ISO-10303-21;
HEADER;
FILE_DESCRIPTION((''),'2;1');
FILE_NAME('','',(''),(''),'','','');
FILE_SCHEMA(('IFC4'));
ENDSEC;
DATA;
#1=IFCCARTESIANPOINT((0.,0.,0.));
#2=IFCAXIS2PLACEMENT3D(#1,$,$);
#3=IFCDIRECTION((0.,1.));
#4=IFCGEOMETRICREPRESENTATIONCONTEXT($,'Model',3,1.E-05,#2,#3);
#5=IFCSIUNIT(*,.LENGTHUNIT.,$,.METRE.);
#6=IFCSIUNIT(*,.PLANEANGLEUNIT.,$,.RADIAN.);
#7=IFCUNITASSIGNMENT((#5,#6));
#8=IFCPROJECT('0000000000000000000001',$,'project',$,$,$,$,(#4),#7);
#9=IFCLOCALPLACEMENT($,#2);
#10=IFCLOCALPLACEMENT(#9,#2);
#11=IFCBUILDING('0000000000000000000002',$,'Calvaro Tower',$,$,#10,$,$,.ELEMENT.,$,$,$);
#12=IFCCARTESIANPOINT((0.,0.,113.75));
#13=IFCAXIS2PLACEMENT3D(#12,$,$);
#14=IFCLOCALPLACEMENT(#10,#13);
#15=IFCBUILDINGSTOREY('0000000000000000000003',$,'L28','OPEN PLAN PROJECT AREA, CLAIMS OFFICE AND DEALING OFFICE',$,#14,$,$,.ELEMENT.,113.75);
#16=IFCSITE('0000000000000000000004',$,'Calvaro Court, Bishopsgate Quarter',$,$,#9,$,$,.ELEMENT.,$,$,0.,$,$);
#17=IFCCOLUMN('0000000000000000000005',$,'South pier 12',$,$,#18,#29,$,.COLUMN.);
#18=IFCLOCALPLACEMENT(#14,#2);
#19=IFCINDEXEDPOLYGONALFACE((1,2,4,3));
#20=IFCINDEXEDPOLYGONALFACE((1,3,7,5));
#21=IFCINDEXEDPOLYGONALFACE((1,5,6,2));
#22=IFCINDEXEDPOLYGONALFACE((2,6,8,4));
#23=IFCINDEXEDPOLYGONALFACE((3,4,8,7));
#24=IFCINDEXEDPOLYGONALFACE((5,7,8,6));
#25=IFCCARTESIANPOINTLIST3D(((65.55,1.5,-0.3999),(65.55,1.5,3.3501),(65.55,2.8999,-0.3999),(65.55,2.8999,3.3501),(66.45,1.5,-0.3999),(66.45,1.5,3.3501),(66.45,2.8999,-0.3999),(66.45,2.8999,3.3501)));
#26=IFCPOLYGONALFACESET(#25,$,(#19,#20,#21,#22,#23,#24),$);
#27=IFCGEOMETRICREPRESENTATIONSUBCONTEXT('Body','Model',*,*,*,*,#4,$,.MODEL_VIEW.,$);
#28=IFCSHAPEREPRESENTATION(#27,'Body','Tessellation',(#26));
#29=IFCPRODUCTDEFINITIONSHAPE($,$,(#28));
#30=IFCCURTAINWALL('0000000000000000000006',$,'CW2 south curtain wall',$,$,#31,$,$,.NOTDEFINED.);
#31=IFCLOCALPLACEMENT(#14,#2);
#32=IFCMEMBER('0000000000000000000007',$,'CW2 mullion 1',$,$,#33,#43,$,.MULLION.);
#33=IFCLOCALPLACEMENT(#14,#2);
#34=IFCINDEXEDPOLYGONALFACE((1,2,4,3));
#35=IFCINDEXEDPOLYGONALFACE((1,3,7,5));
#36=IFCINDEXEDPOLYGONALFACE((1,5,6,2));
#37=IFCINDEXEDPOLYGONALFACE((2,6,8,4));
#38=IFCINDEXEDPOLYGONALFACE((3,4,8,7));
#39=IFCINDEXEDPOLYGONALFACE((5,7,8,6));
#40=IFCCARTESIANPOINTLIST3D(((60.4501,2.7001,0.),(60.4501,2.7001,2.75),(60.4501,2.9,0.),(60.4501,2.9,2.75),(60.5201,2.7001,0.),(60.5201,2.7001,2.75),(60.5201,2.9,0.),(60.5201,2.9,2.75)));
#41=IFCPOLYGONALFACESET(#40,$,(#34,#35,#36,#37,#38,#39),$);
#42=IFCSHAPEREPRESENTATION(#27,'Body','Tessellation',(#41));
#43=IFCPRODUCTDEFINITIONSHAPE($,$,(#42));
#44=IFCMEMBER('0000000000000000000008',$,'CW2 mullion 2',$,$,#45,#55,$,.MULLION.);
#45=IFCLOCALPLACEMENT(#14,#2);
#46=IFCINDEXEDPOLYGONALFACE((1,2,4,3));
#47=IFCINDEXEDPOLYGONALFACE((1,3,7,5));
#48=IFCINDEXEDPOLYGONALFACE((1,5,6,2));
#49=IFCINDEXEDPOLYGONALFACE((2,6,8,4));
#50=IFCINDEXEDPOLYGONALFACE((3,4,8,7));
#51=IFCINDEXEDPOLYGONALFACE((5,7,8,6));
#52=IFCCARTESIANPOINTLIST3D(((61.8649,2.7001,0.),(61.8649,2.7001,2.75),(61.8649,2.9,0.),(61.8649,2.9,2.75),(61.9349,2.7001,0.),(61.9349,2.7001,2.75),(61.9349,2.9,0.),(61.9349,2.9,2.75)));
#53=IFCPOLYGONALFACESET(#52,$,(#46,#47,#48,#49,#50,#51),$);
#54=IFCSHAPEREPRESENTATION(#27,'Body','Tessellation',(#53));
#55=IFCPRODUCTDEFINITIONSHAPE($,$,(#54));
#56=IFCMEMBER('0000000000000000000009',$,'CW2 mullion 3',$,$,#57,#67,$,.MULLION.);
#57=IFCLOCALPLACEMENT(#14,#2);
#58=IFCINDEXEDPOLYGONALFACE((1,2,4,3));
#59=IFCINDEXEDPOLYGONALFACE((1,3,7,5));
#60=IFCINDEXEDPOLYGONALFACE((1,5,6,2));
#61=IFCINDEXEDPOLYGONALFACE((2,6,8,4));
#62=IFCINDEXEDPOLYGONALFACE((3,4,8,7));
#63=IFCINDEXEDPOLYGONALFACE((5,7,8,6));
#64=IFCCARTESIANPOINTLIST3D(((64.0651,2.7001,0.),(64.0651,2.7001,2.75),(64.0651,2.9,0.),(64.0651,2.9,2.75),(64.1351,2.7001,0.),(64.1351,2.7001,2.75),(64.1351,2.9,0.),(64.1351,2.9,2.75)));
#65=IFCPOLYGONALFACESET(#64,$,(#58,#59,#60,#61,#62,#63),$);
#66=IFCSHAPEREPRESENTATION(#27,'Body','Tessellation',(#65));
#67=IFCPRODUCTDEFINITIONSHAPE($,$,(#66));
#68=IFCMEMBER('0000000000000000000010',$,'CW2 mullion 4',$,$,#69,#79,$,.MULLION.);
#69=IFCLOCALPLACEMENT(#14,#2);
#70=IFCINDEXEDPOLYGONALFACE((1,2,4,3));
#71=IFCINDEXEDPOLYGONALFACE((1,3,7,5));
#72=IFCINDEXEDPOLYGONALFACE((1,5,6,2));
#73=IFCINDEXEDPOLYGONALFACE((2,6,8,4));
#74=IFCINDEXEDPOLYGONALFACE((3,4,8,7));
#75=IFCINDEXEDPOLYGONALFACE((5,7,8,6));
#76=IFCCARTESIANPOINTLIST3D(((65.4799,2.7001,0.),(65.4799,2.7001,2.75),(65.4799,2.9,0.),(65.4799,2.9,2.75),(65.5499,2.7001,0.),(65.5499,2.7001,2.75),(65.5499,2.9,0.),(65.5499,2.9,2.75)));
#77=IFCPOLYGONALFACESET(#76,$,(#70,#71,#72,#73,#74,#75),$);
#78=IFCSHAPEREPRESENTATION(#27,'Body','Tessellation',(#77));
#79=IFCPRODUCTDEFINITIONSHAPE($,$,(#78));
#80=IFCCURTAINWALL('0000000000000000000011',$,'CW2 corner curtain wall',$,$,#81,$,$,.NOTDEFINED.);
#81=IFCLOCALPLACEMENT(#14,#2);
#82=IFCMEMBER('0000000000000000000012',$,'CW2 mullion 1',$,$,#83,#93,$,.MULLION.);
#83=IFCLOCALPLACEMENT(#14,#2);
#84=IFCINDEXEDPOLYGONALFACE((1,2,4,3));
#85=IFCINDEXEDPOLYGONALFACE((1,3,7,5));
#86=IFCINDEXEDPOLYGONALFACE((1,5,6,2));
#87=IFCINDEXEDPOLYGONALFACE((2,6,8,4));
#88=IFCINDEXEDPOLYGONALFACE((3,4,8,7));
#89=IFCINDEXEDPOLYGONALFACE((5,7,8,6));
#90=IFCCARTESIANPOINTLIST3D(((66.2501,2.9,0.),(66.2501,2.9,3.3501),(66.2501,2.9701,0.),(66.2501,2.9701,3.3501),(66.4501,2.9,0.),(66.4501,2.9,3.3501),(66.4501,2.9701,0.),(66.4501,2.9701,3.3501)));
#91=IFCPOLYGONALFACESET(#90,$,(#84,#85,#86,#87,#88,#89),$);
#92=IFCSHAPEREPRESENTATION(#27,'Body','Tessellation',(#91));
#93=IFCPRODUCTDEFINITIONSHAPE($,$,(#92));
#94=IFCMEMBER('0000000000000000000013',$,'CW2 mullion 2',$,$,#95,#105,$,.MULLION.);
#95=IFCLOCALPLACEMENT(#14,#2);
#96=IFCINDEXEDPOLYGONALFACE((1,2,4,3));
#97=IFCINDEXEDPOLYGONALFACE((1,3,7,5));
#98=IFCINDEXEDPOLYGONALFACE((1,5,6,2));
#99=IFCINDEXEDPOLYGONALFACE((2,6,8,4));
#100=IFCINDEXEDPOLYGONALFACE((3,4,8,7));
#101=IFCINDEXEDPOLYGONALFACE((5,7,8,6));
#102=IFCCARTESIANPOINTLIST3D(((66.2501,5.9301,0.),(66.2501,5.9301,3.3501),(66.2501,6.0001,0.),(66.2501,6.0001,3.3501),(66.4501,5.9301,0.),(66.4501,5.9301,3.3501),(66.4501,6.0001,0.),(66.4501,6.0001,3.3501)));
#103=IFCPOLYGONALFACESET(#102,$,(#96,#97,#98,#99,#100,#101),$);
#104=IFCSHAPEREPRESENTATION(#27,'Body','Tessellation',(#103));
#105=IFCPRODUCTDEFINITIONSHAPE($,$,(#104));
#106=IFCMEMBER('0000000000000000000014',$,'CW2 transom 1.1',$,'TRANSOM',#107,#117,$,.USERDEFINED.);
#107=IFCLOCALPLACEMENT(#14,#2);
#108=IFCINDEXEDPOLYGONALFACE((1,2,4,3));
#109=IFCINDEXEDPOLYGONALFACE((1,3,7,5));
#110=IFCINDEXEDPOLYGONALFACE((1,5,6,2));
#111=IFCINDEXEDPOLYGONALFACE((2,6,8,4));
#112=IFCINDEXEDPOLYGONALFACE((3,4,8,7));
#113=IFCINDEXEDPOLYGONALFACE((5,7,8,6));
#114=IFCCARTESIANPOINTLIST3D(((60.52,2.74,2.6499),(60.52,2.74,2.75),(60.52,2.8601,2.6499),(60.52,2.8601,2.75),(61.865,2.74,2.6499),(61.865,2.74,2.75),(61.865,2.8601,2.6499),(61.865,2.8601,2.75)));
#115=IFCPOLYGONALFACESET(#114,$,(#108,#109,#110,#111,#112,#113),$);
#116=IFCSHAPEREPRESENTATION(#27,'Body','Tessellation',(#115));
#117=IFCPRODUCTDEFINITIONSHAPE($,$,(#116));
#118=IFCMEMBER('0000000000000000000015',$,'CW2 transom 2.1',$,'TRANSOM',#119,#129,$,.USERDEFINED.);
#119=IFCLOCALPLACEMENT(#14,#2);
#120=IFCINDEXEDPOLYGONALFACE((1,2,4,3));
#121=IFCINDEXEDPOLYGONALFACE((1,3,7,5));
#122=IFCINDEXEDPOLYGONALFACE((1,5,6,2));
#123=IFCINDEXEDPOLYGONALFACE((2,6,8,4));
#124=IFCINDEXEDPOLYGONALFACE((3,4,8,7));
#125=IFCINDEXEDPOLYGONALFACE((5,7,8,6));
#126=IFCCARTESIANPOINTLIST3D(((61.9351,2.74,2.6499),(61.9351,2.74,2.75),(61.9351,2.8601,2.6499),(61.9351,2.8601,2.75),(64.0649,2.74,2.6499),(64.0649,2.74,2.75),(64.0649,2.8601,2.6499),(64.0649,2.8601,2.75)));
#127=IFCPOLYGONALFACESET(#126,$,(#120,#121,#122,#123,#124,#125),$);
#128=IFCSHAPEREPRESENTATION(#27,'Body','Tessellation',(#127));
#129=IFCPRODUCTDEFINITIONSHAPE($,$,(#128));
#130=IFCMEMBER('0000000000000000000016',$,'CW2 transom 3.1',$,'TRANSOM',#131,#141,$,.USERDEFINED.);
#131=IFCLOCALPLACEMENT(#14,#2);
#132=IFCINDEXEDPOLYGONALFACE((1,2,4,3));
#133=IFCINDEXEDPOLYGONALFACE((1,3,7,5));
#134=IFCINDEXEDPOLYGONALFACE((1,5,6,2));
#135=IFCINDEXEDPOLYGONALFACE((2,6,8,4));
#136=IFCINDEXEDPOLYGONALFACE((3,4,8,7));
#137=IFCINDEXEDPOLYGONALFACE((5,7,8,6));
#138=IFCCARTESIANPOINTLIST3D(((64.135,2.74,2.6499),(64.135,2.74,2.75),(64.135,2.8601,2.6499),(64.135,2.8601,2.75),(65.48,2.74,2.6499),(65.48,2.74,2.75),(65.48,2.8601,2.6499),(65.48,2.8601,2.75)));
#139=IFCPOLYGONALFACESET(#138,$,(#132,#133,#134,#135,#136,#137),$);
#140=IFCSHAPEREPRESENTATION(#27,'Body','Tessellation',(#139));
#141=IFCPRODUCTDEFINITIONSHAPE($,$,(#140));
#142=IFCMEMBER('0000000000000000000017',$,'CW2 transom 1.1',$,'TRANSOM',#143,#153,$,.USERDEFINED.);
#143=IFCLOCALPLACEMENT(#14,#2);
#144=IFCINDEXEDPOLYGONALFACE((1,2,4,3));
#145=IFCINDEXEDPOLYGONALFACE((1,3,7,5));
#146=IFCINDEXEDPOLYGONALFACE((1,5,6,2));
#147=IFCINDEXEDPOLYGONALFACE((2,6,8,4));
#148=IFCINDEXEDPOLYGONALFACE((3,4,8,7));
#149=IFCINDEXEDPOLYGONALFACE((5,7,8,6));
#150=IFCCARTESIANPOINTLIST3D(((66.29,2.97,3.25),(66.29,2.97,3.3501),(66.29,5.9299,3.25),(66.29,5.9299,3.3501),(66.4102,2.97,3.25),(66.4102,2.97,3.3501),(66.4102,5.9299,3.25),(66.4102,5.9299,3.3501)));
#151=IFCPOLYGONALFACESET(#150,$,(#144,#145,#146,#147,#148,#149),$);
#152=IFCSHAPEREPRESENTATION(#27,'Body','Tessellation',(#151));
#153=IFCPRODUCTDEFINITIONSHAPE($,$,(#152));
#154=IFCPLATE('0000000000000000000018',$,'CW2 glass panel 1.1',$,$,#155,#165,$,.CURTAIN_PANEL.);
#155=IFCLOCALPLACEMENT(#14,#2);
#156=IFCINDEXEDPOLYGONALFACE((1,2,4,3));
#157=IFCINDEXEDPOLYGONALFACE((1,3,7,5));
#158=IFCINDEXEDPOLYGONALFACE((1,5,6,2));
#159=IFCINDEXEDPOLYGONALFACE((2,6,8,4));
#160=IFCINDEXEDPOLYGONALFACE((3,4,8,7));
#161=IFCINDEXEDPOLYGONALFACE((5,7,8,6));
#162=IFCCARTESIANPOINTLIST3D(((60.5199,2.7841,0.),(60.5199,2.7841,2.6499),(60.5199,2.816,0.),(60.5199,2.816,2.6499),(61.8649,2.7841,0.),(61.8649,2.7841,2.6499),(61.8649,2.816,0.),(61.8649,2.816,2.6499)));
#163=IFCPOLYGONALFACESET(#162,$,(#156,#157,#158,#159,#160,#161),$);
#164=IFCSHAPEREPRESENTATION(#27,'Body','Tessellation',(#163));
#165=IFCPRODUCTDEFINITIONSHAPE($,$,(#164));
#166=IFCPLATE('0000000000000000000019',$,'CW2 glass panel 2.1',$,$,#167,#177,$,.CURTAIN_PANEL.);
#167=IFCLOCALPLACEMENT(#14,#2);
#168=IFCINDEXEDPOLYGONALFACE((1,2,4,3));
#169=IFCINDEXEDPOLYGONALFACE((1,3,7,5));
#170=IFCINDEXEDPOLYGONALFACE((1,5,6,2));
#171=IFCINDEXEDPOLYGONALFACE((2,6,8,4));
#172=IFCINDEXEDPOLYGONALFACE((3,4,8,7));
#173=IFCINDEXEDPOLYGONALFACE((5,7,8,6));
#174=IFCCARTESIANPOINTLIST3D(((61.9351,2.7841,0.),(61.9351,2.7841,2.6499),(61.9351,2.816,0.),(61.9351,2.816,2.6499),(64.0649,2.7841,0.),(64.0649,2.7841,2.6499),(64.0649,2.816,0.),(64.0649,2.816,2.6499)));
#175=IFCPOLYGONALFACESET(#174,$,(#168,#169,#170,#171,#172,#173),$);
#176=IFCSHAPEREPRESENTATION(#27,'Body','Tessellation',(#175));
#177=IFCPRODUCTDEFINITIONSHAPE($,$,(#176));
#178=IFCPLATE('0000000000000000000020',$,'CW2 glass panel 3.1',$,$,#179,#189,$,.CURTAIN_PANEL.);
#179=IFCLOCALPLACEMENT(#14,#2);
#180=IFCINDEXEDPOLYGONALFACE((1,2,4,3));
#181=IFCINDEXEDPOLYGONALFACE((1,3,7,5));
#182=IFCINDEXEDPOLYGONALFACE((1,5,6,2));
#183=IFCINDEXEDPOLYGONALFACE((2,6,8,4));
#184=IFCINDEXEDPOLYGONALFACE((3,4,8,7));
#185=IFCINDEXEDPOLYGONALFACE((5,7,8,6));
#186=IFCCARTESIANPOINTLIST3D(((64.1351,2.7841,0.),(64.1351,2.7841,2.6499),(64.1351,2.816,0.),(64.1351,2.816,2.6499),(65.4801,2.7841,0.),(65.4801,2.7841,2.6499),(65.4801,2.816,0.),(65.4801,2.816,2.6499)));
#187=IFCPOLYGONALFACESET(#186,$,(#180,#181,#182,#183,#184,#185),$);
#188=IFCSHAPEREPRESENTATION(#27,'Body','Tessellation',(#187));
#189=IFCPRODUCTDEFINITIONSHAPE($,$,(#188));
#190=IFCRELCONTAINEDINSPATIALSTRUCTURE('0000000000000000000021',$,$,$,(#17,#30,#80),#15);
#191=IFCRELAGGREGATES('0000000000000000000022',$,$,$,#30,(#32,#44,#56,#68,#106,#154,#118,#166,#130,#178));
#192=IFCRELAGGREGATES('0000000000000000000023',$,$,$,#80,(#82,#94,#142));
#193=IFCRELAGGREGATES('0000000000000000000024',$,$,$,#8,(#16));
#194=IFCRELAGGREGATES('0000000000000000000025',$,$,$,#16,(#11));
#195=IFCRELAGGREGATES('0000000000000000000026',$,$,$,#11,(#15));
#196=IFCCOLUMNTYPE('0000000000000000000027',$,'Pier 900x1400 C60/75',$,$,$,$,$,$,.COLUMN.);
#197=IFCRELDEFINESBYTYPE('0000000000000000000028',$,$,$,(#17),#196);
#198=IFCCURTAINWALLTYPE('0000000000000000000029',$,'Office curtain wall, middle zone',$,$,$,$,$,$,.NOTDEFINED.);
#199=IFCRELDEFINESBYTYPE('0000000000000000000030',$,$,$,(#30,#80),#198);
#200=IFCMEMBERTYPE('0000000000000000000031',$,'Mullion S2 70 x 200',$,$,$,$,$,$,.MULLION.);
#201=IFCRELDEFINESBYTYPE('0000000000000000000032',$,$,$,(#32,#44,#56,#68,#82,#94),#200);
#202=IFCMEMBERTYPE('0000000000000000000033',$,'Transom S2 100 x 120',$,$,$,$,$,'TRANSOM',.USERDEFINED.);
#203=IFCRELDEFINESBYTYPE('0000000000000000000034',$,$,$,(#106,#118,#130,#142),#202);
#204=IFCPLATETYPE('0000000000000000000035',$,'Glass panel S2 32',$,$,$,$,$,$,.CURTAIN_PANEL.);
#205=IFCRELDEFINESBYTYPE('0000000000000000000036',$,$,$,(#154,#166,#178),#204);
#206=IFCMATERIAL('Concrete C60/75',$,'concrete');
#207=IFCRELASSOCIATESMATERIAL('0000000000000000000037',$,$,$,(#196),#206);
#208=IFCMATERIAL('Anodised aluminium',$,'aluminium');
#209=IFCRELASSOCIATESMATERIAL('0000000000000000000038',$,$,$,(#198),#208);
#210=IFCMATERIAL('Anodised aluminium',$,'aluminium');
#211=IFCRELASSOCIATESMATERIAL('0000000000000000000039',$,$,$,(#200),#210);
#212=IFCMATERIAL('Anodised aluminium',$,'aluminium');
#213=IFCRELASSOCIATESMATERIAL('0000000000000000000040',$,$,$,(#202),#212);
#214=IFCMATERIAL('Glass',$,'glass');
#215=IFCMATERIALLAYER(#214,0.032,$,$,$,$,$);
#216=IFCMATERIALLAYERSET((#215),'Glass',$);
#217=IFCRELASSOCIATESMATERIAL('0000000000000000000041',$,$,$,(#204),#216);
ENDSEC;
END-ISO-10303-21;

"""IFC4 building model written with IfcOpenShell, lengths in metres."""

from ifc_helpers import new_model, si_unit, direction, frame, origin, origin_2d, place, context, subcontext, project, spatial, rectangle, extrude, material, layer, layer_set, material_profile, profile_set, type_object, element, aggregate, save


model = new_model("IFC4")

# Units and contexts
model_context = context("Model", 3, precision=1e-05, world=origin(), true_north=direction((0.0, 1.0)))
body_context = subcontext(model_context, "Body", "Model", "MODEL_VIEW")
ifc_project = project(units=[si_unit("LENGTHUNIT", "METRE"), si_unit("PLANEANGLEUNIT", "RADIAN")], contexts=[model_context])

# Site, building, storey
site_placement = place(None, origin())
site = spatial("IfcSite", under=ifc_project, at=site_placement, Name="Calvaro Court, Bishopsgate Quarter", CompositionType="ELEMENT", RefElevation=0.0)
building_placement = place(site_placement, origin())
building = spatial("IfcBuilding", under=site, at=building_placement, Name="Calvaro Tower", CompositionType="ELEMENT")
storey_placement = place(building_placement, frame((0.0, 0.0, 113.75)))
storey = spatial("IfcBuildingStorey", under=building, at=storey_placement, Name="L28", Description="OPEN PLAN PROJECT AREA, CLAIMS OFFICE AND DEALING OFFICE", CompositionType="ELEMENT", Elevation=113.75)

# Column
ifc_material_1 = material(Name="Concrete C60/75", Category="concrete")
ifc_material_profile_1 = material_profile(ifc_material_1, rectangle(XDim=0.8999, YDim=1.3999, at=origin_2d()), Name="RC 900x1400")
ifc_profile_set_1 = profile_set([ifc_material_profile_1], Name="Concrete C60/75")
column_type = type_object("IfcColumnType", Name="Pier 900x1400 C60/75", PredefinedType="COLUMN", material=ifc_profile_set_1)
column_placement = place(storey_placement, frame((66.0, 2.2, -0.3999), z_axis=(0.0, 0.0, 1.0), x_axis=(1.0, 0.0, 0.0)))
element("IfcColumn", 1, at=column_placement, inside=storey, type_object=column_type, Name="South pier 12", PredefinedType="COLUMN", context=body_context, shape_type="SweptSolid", body=[
    extrude(rectangle(XDim=0.8999, YDim=1.3999, at=origin_2d()), origin(), (0.0, 0.0, 1.0), 3.75),
])

# Curtain walls, members
ifc_material_2 = material(Name="Anodised aluminium", Category="aluminium")
curtain_wall_type = type_object("IfcCurtainWallType", Name="Office curtain wall, middle zone", PredefinedType="NOTDEFINED", material=ifc_material_2)
curtain_wall_1_placement = place(storey_placement, origin())
curtain_wall_1 = element("IfcCurtainWall", 2, at=curtain_wall_1_placement, inside=storey, type_object=curtain_wall_type, Name="CW2 south curtain wall", PredefinedType="NOTDEFINED")
ifc_material_3 = material(Name="Anodised aluminium", Category="aluminium")
ifc_material_profile_2 = material_profile(ifc_material_3, rectangle(XDim=0.2, YDim=0.0701, at=origin_2d()), Name="Mullion S2 70 x 200")
ifc_profile_set_2 = profile_set([ifc_material_profile_2], Name="Anodised aluminium")
member_type_1 = type_object("IfcMemberType", Name="Mullion S2 70 x 200", PredefinedType="MULLION", material=ifc_profile_set_2)
member_1_placement = place(storey_placement, frame((60.4851, 2.8, 0.0), z_axis=(0.0, 0.0, 1.0), x_axis=(0.0, 1.0, 0.0)))
member_1 = element("IfcMember", 3, at=member_1_placement, type_object=member_type_1, Name="CW2 mullion 1", PredefinedType="MULLION", context=body_context, shape_type="SweptSolid", body=[
    extrude(rectangle(XDim=0.2, YDim=0.0701, at=origin_2d()), origin(), (0.0, 0.0, 1.0), 2.75),
])
member_2_placement = place(storey_placement, frame((61.8999, 2.8, 0.0), z_axis=(0.0, 0.0, 1.0), x_axis=(0.0, 1.0, 0.0)))
member_2 = element("IfcMember", 4, at=member_2_placement, type_object=member_type_1, Name="CW2 mullion 2", PredefinedType="MULLION", context=body_context, shape_type="SweptSolid", body=[
    extrude(rectangle(XDim=0.2, YDim=0.0701, at=origin_2d()), origin(), (0.0, 0.0, 1.0), 2.75),
])
member_3_placement = place(storey_placement, frame((64.1001, 2.8, 0.0), z_axis=(0.0, 0.0, 1.0), x_axis=(0.0, 1.0, 0.0)))
member_3 = element("IfcMember", 5, at=member_3_placement, type_object=member_type_1, Name="CW2 mullion 3", PredefinedType="MULLION", context=body_context, shape_type="SweptSolid", body=[
    extrude(rectangle(XDim=0.2, YDim=0.0701, at=origin_2d()), origin(), (0.0, 0.0, 1.0), 2.75),
])
member_4_placement = place(storey_placement, frame((65.5149, 2.8, 0.0), z_axis=(0.0, 0.0, 1.0), x_axis=(0.0, 1.0, 0.0)))
member_4 = element("IfcMember", 6, at=member_4_placement, type_object=member_type_1, Name="CW2 mullion 4", PredefinedType="MULLION", context=body_context, shape_type="SweptSolid", body=[
    extrude(rectangle(XDim=0.2, YDim=0.0701, at=origin_2d()), origin(), (0.0, 0.0, 1.0), 2.75),
])
curtain_wall_2_placement = place(storey_placement, origin())
curtain_wall_2 = element("IfcCurtainWall", 7, at=curtain_wall_2_placement, inside=storey, type_object=curtain_wall_type, Name="CW2 corner curtain wall", PredefinedType="NOTDEFINED")
member_5_placement = place(storey_placement, frame((66.3501, 2.9351, 0.0), z_axis=(0.0, 0.0, 1.0), x_axis=(-1.0, 0.0, 0.0)))
member_5 = element("IfcMember", 8, at=member_5_placement, type_object=member_type_1, Name="CW2 mullion 1", PredefinedType="MULLION", context=body_context, shape_type="SweptSolid", body=[
    extrude(rectangle(XDim=0.2, YDim=0.0701, at=origin_2d()), origin(), (0.0, 0.0, 1.0), 3.3501),
])
member_6_placement = place(storey_placement, frame((66.3501, 5.9651, 0.0), z_axis=(0.0, 0.0, 1.0), x_axis=(-1.0, 0.0, 0.0)))
member_6 = element("IfcMember", 9, at=member_6_placement, type_object=member_type_1, Name="CW2 mullion 2", PredefinedType="MULLION", context=body_context, shape_type="SweptSolid", body=[
    extrude(rectangle(XDim=0.2, YDim=0.0701, at=origin_2d()), origin(), (0.0, 0.0, 1.0), 3.3501),
])

# Members
ifc_material_4 = material(Name="Anodised aluminium", Category="aluminium")
ifc_material_profile_3 = material_profile(ifc_material_4, rectangle(XDim=0.1201, YDim=0.1001, at=origin_2d()), Name="Transom S2 100 x 120")
ifc_profile_set_3 = profile_set([ifc_material_profile_3], Name="Anodised aluminium")
member_type_2 = type_object("IfcMemberType", Name="Transom S2 100 x 120", ElementType="TRANSOM", PredefinedType="USERDEFINED", material=ifc_profile_set_3)
member_7_placement = place(storey_placement, frame((60.52, 2.8, 2.7), z_axis=(1.0, 0.0, 0.0), x_axis=(0.0, 1.0, 0.0)))
member_7 = element("IfcMember", 10, at=member_7_placement, type_object=member_type_2, Name="CW2 transom 1.1", ObjectType="TRANSOM", PredefinedType="USERDEFINED", context=body_context, shape_type="SweptSolid", body=[
    extrude(rectangle(XDim=0.1201, YDim=0.1001, at=origin_2d()), origin(), (0.0, 0.0, 1.0), 1.345),
])
member_8_placement = place(storey_placement, frame((61.9351, 2.8, 2.7), z_axis=(1.0, 0.0, 0.0), x_axis=(0.0, 1.0, 0.0)))
member_8 = element("IfcMember", 11, at=member_8_placement, type_object=member_type_2, Name="CW2 transom 2.1", ObjectType="TRANSOM", PredefinedType="USERDEFINED", context=body_context, shape_type="SweptSolid", body=[
    extrude(rectangle(XDim=0.1201, YDim=0.1001, at=origin_2d()), origin(), (0.0, 0.0, 1.0), 2.1299),
])
member_9_placement = place(storey_placement, frame((64.135, 2.8, 2.7), z_axis=(1.0, 0.0, 0.0), x_axis=(0.0, 1.0, 0.0)))
member_9 = element("IfcMember", 12, at=member_9_placement, type_object=member_type_2, Name="CW2 transom 3.1", ObjectType="TRANSOM", PredefinedType="USERDEFINED", context=body_context, shape_type="SweptSolid", body=[
    extrude(rectangle(XDim=0.1201, YDim=0.1001, at=origin_2d()), origin(), (0.0, 0.0, 1.0), 1.345),
])
member_10_placement = place(storey_placement, frame((66.3501, 2.97, 3.3), z_axis=(0.0, 1.0, 0.0), x_axis=(-1.0, 0.0, 0.0)))
member_10 = element("IfcMember", 13, at=member_10_placement, type_object=member_type_2, Name="CW2 transom 1.1", ObjectType="TRANSOM", PredefinedType="USERDEFINED", context=body_context, shape_type="SweptSolid", body=[
    extrude(rectangle(XDim=0.1201, YDim=0.1001, at=origin_2d()), origin(), (0.0, 0.0, 1.0), 2.96),
])

# Plates
ifc_material_5 = material(Name="Glass", Category="glass")
ifc_layer_1 = layer(ifc_material_5, 0.032)
ifc_layer_set_1 = layer_set([ifc_layer_1], Name="Glass")
plate_type = type_object("IfcPlateType", Name="Glass panel S2 32", PredefinedType="CURTAIN_PANEL", material=ifc_layer_set_1)
plate_1_placement = place(storey_placement, frame((61.1924, 2.8, 0.0), z_axis=(0.0, 0.0, 1.0), x_axis=(1.0, 0.0, 0.0)))
plate_1 = element("IfcPlate", 14, at=plate_1_placement, type_object=plate_type, Name="CW2 glass panel 1.1", PredefinedType="CURTAIN_PANEL", context=body_context, shape_type="SweptSolid", body=[
    extrude(rectangle(XDim=1.345, YDim=0.032, at=origin_2d()), origin(), (0.0, 0.0, 1.0), 2.6499),
])
plate_2_placement = place(storey_placement, frame((63.0, 2.8, 0.0), z_axis=(0.0, 0.0, 1.0), x_axis=(1.0, 0.0, 0.0)))
plate_2 = element("IfcPlate", 15, at=plate_2_placement, type_object=plate_type, Name="CW2 glass panel 2.1", PredefinedType="CURTAIN_PANEL", context=body_context, shape_type="SweptSolid", body=[
    extrude(rectangle(XDim=2.1299, YDim=0.032, at=origin_2d()), origin(), (0.0, 0.0, 1.0), 2.6499),
])
plate_3_placement = place(storey_placement, frame((64.8076, 2.8, 0.0), z_axis=(0.0, 0.0, 1.0), x_axis=(1.0, 0.0, 0.0)))
plate_3 = element("IfcPlate", 16, at=plate_3_placement, type_object=plate_type, Name="CW2 glass panel 3.1", PredefinedType="CURTAIN_PANEL", context=body_context, shape_type="SweptSolid", body=[
    extrude(rectangle(XDim=1.345, YDim=0.032, at=origin_2d()), origin(), (0.0, 0.0, 1.0), 2.6499),
])
aggregate(curtain_wall_1, [member_1, member_2, member_3, member_4, member_7, plate_1, member_8, plate_2, member_9, plate_3])
aggregate(curtain_wall_2, [member_5, member_6, member_10])

save(model, "model.ifc")
